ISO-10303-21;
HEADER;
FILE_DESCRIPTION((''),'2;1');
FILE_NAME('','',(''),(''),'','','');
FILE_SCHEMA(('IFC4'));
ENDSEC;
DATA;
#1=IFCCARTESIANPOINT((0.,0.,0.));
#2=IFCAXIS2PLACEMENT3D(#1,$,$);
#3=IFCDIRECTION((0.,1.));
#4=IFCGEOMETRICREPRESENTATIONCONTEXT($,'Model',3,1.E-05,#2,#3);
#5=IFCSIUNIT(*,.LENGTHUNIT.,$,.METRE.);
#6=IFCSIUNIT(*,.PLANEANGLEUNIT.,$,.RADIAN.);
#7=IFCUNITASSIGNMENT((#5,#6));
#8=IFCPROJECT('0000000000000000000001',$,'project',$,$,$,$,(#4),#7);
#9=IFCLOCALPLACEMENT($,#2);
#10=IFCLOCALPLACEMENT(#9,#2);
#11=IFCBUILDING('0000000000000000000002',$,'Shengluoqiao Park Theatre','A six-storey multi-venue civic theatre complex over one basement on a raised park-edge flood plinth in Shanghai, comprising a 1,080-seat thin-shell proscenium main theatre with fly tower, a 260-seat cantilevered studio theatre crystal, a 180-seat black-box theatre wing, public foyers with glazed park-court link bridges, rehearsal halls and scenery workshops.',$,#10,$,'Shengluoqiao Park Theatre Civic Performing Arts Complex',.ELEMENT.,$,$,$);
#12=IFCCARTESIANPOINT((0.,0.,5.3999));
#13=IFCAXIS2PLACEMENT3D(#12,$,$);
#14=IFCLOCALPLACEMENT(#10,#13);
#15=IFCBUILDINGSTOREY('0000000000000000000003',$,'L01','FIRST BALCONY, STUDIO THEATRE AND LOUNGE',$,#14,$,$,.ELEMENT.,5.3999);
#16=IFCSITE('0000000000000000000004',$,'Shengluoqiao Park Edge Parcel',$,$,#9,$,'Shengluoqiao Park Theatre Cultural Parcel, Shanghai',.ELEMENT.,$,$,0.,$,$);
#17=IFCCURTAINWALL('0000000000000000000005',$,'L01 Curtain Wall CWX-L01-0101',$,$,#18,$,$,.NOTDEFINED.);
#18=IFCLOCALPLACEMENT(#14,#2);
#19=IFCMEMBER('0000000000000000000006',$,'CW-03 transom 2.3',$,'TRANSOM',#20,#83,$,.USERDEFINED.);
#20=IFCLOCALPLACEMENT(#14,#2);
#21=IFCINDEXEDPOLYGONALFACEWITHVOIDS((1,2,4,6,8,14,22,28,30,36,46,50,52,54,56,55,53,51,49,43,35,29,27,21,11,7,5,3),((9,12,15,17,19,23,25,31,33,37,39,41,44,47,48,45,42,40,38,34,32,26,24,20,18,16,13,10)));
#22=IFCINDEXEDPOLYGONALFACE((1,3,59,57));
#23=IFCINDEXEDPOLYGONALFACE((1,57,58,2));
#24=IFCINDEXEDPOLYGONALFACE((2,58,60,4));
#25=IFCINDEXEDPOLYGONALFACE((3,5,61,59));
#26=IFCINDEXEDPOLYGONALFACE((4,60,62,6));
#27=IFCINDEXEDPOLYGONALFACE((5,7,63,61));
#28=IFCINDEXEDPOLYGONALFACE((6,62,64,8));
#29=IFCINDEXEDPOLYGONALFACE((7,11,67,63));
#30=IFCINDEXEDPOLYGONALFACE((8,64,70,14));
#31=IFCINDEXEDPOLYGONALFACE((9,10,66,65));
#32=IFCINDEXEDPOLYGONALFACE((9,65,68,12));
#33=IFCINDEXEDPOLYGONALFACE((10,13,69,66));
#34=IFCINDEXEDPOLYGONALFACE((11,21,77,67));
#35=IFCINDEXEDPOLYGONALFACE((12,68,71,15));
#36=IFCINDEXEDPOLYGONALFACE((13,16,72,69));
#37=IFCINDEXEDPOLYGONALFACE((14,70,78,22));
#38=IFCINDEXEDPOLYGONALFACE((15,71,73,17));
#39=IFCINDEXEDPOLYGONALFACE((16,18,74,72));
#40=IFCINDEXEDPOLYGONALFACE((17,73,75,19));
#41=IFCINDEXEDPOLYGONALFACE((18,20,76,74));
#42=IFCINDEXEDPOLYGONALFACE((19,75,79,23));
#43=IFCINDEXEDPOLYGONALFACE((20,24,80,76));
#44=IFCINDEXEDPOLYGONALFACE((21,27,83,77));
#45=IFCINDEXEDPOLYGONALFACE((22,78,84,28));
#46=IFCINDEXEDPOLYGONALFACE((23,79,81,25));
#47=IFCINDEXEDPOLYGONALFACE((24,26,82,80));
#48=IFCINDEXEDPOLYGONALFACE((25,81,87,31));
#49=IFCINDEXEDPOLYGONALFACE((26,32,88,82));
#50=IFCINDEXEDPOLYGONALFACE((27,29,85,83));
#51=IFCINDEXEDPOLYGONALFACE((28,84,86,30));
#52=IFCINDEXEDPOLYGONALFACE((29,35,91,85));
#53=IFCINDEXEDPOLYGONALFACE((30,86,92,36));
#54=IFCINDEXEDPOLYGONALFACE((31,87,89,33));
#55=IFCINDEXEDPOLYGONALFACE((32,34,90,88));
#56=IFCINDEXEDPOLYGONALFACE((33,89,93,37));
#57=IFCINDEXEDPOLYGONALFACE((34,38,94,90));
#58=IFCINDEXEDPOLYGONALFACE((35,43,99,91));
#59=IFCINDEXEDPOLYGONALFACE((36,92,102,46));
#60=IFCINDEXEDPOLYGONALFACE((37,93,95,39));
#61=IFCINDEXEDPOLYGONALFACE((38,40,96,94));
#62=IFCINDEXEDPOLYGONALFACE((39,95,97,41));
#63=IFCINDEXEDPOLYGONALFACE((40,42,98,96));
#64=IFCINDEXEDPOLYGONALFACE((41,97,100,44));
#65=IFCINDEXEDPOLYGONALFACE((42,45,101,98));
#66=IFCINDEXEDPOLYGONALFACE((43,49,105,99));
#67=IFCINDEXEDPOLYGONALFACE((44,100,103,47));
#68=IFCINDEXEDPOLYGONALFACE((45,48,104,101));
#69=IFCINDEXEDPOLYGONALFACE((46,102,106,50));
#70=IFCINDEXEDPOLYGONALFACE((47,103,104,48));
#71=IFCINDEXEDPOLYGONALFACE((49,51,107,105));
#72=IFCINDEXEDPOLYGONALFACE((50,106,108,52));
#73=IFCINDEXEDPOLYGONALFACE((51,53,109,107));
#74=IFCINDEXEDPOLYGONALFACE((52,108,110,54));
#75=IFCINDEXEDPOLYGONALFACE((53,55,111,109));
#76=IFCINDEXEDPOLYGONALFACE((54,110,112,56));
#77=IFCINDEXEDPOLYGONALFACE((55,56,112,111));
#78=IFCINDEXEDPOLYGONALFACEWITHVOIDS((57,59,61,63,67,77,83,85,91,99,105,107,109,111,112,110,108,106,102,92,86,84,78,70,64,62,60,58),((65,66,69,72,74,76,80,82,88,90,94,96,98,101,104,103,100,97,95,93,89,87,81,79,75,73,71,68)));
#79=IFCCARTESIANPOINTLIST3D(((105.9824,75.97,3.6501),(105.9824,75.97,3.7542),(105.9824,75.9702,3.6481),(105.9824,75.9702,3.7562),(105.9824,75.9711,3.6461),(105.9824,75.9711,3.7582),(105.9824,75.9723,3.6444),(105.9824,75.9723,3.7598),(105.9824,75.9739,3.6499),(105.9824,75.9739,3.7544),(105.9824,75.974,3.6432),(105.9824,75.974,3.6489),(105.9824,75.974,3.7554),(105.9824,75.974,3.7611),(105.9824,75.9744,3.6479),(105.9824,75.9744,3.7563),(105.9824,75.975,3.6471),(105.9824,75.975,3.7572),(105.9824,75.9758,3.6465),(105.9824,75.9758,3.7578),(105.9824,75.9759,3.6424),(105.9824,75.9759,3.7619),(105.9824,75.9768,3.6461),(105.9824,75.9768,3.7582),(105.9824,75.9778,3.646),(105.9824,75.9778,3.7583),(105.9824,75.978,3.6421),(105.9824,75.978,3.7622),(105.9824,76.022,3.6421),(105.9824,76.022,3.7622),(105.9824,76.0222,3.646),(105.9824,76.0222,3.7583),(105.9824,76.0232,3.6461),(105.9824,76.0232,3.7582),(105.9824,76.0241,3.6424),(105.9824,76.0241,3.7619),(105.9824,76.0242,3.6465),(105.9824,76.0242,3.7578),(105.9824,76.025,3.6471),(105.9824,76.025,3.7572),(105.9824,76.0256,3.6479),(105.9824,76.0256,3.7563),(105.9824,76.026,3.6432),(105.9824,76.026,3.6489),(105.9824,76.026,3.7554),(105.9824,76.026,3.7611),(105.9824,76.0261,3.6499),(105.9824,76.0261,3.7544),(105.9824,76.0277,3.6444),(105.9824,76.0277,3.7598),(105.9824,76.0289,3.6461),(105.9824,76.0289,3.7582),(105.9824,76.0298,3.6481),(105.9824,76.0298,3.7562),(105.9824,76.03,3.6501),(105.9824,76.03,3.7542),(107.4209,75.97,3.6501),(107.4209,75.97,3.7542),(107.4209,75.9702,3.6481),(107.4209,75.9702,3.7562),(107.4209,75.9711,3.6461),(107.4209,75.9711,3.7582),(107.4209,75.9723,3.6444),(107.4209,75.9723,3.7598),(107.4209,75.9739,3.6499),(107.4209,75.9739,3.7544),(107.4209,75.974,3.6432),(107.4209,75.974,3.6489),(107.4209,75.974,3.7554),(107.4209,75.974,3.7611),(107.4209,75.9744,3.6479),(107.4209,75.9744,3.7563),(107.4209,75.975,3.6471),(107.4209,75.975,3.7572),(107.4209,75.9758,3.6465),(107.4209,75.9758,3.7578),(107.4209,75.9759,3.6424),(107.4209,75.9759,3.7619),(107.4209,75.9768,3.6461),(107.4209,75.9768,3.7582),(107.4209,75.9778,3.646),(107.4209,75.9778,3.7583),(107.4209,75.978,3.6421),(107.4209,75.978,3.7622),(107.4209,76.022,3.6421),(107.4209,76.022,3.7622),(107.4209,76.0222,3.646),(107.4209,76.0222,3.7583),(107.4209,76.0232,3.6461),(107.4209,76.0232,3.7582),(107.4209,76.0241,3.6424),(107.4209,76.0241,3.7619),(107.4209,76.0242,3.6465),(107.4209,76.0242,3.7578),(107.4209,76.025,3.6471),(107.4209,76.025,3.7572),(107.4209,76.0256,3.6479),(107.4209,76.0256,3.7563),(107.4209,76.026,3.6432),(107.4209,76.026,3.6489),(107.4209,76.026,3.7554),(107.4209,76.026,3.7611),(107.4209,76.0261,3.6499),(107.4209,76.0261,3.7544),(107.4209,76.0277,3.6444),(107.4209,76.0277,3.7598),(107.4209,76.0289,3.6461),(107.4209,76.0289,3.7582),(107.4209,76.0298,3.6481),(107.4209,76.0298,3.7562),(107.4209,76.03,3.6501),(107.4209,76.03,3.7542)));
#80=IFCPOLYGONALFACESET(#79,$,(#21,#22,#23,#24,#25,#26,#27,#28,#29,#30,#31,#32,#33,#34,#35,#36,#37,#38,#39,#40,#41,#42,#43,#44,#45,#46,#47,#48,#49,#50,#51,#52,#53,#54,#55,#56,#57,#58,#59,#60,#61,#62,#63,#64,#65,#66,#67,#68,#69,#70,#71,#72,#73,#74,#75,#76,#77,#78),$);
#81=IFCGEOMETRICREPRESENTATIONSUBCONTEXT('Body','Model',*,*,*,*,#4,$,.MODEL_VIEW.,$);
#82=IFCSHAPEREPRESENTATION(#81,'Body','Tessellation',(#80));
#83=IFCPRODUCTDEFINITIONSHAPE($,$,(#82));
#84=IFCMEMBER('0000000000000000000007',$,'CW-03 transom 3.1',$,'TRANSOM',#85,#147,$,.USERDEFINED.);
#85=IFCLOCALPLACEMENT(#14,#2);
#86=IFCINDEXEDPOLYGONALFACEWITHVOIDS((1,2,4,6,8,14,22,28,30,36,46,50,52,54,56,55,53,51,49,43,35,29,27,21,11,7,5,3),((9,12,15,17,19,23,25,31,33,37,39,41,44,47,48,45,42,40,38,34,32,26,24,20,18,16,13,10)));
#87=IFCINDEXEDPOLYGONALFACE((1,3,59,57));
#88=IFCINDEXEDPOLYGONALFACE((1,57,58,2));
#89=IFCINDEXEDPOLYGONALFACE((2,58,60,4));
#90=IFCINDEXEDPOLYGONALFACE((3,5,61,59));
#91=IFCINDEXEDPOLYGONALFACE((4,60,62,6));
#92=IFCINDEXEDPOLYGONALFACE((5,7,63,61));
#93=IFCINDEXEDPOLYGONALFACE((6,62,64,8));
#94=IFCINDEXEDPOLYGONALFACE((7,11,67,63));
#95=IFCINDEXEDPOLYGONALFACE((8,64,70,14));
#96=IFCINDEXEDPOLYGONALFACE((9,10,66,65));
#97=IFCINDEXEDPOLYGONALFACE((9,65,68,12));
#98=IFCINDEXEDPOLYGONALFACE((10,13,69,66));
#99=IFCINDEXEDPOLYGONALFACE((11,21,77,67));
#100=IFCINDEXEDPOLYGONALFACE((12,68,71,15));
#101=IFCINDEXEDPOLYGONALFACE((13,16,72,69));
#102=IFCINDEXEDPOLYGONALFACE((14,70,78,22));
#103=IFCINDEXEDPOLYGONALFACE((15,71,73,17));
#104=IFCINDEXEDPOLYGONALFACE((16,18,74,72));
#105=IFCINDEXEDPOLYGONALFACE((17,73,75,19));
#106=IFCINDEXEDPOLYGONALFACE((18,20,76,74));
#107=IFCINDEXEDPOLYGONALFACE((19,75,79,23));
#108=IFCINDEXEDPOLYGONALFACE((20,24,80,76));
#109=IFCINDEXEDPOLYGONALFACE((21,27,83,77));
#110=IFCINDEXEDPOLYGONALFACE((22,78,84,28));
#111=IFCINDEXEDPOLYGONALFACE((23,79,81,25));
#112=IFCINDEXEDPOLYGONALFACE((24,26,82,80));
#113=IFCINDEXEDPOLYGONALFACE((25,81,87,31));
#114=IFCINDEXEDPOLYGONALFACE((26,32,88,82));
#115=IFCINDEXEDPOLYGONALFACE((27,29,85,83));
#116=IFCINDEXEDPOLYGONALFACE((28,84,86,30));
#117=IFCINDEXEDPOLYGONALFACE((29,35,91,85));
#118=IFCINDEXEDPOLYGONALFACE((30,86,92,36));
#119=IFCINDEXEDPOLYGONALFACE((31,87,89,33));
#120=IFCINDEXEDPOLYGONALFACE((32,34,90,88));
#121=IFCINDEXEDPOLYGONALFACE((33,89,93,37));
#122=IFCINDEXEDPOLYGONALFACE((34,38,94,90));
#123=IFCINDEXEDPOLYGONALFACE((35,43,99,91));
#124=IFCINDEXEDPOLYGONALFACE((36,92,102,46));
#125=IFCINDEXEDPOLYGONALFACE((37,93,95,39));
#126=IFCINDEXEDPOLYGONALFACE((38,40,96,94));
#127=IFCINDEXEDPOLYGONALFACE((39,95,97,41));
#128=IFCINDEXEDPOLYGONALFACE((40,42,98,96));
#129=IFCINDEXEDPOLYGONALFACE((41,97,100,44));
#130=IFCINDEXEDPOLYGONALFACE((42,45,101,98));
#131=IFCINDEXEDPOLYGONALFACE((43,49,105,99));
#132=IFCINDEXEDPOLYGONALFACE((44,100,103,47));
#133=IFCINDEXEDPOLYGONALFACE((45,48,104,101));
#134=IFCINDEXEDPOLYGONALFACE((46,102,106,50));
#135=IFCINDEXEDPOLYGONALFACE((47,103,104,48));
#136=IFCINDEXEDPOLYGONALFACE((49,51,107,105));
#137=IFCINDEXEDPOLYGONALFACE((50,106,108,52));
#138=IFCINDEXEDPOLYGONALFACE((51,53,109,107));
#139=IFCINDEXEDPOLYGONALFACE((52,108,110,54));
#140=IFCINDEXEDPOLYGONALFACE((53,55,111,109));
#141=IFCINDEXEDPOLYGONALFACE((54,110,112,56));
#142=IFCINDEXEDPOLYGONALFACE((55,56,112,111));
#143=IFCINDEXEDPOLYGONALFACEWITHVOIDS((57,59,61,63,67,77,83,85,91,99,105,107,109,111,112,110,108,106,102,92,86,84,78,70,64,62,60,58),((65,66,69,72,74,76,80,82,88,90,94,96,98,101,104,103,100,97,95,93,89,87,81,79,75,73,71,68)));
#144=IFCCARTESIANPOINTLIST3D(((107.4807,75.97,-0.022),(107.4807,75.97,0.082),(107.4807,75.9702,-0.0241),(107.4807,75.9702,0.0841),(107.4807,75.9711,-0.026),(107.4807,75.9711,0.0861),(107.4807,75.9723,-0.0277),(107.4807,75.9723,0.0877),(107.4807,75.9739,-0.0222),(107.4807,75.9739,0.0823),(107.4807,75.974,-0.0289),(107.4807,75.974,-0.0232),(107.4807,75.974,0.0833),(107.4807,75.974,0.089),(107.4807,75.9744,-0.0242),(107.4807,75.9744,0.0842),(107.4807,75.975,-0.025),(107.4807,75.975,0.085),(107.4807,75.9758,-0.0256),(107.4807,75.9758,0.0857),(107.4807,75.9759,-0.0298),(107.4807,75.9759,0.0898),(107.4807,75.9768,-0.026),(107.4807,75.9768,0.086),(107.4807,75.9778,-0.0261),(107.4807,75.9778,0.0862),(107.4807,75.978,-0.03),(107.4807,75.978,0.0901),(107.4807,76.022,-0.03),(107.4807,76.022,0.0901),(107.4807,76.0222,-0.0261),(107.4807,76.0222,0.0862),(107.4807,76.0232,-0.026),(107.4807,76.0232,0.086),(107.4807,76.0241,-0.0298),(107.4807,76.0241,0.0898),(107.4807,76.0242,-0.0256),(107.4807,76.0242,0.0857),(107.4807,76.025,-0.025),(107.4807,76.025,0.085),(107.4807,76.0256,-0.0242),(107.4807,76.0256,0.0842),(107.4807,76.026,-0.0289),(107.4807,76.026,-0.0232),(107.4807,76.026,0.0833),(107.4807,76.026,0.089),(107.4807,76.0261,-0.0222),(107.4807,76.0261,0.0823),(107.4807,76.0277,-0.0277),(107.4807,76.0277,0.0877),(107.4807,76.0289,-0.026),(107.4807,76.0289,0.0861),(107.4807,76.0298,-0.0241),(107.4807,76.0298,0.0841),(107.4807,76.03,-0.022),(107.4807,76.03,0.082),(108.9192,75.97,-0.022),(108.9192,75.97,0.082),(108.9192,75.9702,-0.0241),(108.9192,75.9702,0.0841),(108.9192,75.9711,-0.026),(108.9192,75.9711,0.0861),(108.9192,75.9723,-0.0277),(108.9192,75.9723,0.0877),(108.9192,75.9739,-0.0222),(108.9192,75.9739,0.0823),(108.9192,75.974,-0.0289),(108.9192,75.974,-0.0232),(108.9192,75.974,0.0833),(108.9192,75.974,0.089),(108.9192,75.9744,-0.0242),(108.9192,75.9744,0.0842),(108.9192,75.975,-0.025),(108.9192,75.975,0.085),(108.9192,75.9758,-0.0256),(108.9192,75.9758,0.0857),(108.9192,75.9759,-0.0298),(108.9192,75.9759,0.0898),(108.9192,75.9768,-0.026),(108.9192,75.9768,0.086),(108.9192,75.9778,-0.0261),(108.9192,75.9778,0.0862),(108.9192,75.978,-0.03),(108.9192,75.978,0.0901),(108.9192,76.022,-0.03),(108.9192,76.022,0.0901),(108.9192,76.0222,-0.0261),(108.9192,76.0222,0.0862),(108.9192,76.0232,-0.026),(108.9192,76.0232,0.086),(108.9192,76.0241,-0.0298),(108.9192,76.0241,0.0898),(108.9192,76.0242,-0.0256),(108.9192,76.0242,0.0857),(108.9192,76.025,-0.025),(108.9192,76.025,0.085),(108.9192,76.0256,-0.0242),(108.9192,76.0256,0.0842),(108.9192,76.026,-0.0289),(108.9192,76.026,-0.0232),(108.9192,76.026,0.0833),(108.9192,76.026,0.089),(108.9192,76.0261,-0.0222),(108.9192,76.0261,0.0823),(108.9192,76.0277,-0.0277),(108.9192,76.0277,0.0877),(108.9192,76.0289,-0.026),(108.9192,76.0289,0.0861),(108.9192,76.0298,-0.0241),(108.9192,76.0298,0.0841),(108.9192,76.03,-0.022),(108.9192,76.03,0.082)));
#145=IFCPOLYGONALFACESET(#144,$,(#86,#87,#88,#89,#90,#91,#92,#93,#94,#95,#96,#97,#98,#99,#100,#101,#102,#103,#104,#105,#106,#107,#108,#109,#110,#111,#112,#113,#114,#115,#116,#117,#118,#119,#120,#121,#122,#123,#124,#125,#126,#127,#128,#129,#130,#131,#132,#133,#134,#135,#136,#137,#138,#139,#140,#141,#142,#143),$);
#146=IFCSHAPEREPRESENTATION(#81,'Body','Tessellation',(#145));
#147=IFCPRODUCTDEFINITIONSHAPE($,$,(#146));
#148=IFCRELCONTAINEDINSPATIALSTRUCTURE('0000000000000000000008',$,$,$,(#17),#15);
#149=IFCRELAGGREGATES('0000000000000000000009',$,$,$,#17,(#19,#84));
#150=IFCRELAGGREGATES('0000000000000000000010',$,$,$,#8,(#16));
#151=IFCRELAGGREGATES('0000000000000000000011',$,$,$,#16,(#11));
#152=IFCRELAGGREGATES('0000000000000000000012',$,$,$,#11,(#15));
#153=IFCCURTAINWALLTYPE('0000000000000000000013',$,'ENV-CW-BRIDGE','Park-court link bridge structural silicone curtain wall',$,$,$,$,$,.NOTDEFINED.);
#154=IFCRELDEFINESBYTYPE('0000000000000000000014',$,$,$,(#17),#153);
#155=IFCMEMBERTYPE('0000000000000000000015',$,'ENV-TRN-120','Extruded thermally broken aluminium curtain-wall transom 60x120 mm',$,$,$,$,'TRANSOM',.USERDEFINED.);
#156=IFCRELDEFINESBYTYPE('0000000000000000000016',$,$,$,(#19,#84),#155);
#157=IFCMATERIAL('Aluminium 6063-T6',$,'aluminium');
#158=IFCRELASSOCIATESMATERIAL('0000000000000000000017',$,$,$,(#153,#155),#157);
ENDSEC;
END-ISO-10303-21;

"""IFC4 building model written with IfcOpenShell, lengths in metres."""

from ifc_helpers import new_model, si_unit, direction, frame, origin, origin_2d, place, context, subcontext, project, spatial, hollow_rectangle, extrude, material, material_profile, profile_set, type_object, element, aggregate, save


model = new_model("IFC4")

# Units and contexts
model_context = context("Model", 3, precision=1e-05, world=origin(), true_north=direction((0.0, 1.0)))
body_context = subcontext(model_context, "Body", "Model", "MODEL_VIEW")
ifc_project = project(units=[si_unit("LENGTHUNIT", "METRE"), si_unit("PLANEANGLEUNIT", "RADIAN")], contexts=[model_context])

# Site, building, storey
site_placement = place(None, origin())
site = spatial("IfcSite", under=ifc_project, at=site_placement, Name="Shengluoqiao Park Edge Parcel", LongName="Shengluoqiao Park Theatre Cultural Parcel, Shanghai", CompositionType="ELEMENT", RefElevation=0.0)
building_placement = place(site_placement, origin())
building = spatial("IfcBuilding", under=site, at=building_placement, Name="Shengluoqiao Park Theatre", Description="A six-storey multi-venue civic theatre complex over one basement on a raised park-edge flood plinth in Shanghai, comprising a 1,080-seat thin-shell proscenium main theatre with fly tower, a 260-seat cantilevered studio theatre crystal, a 180-seat black-box theatre wing, public foyers with glazed park-court link bridges, rehearsal halls and scenery workshops.", LongName="Shengluoqiao Park Theatre Civic Performing Arts Complex", CompositionType="ELEMENT")
storey_placement = place(building_placement, frame((0.0, 0.0, 5.3999)))
storey = spatial("IfcBuildingStorey", under=building, at=storey_placement, Name="L01", Description="FIRST BALCONY, STUDIO THEATRE AND LOUNGE", CompositionType="ELEMENT", Elevation=5.3999)

# Curtain wall
ifc_material_1 = material(Name="Aluminium 6063-T6", Category="aluminium")
curtain_wall_type = type_object("IfcCurtainWallType", Name="ENV-CW-BRIDGE", Description="Park-court link bridge structural silicone curtain wall", PredefinedType="NOTDEFINED", material=ifc_material_1)
curtain_wall_1_placement = place(storey_placement, origin())
curtain_wall_1 = element("IfcCurtainWall", 1, at=curtain_wall_1_placement, inside=storey, type_object=curtain_wall_type, Name="L01 Curtain Wall CWX-L01-0101", PredefinedType="NOTDEFINED")

# Members
ifc_material_profile_1 = material_profile(ifc_material_1, hollow_rectangle(XDim=0.0601, YDim=0.1201, WallThickness=0.0039, InnerFilletRadius=0.0039, OuterFilletRadius=0.0081, at=origin_2d()), Name="ALU TRANSOM 120x60x4")
ifc_profile_set_1 = profile_set([ifc_material_profile_1], Name="Aluminium 6063-T6")
member_type_1 = type_object("IfcMemberType", Name="ENV-TRN-120", Description="Extruded thermally broken aluminium curtain-wall transom 60x120 mm", ElementType="TRANSOM", PredefinedType="USERDEFINED", material=ifc_profile_set_1)
member_1_placement = place(storey_placement, frame((105.9824, 76.0, 3.7021), z_axis=(1.0, 0.0, 0.0), x_axis=(0.0, 1.0, 0.0)))
member_1 = element("IfcMember", 2, at=member_1_placement, type_object=member_type_1, Name="CW-03 transom 2.3", ObjectType="TRANSOM", PredefinedType="USERDEFINED", context=body_context, shape_type="SweptSolid", body=[
    extrude(hollow_rectangle(XDim=0.0601, YDim=0.1201, WallThickness=0.0039, InnerFilletRadius=0.0039, OuterFilletRadius=0.0081, at=origin_2d()), origin(), (0.0, 0.0, 1.0), 1.4385),
])
member_2_placement = place(storey_placement, frame((107.4807, 76.0, 0.03), z_axis=(1.0, 0.0, 0.0), x_axis=(0.0, 1.0, 0.0)))
member_2 = element("IfcMember", 3, at=member_2_placement, type_object=member_type_1, Name="CW-03 transom 3.1", ObjectType="TRANSOM", PredefinedType="USERDEFINED", context=body_context, shape_type="SweptSolid", body=[
    extrude(hollow_rectangle(XDim=0.0601, YDim=0.1201, WallThickness=0.0039, InnerFilletRadius=0.0039, OuterFilletRadius=0.0081, at=origin_2d()), origin(), (0.0, 0.0, 1.0), 1.4385),
])

aggregate(curtain_wall_1, [member_1, member_2])

save(model, "model.ifc")
